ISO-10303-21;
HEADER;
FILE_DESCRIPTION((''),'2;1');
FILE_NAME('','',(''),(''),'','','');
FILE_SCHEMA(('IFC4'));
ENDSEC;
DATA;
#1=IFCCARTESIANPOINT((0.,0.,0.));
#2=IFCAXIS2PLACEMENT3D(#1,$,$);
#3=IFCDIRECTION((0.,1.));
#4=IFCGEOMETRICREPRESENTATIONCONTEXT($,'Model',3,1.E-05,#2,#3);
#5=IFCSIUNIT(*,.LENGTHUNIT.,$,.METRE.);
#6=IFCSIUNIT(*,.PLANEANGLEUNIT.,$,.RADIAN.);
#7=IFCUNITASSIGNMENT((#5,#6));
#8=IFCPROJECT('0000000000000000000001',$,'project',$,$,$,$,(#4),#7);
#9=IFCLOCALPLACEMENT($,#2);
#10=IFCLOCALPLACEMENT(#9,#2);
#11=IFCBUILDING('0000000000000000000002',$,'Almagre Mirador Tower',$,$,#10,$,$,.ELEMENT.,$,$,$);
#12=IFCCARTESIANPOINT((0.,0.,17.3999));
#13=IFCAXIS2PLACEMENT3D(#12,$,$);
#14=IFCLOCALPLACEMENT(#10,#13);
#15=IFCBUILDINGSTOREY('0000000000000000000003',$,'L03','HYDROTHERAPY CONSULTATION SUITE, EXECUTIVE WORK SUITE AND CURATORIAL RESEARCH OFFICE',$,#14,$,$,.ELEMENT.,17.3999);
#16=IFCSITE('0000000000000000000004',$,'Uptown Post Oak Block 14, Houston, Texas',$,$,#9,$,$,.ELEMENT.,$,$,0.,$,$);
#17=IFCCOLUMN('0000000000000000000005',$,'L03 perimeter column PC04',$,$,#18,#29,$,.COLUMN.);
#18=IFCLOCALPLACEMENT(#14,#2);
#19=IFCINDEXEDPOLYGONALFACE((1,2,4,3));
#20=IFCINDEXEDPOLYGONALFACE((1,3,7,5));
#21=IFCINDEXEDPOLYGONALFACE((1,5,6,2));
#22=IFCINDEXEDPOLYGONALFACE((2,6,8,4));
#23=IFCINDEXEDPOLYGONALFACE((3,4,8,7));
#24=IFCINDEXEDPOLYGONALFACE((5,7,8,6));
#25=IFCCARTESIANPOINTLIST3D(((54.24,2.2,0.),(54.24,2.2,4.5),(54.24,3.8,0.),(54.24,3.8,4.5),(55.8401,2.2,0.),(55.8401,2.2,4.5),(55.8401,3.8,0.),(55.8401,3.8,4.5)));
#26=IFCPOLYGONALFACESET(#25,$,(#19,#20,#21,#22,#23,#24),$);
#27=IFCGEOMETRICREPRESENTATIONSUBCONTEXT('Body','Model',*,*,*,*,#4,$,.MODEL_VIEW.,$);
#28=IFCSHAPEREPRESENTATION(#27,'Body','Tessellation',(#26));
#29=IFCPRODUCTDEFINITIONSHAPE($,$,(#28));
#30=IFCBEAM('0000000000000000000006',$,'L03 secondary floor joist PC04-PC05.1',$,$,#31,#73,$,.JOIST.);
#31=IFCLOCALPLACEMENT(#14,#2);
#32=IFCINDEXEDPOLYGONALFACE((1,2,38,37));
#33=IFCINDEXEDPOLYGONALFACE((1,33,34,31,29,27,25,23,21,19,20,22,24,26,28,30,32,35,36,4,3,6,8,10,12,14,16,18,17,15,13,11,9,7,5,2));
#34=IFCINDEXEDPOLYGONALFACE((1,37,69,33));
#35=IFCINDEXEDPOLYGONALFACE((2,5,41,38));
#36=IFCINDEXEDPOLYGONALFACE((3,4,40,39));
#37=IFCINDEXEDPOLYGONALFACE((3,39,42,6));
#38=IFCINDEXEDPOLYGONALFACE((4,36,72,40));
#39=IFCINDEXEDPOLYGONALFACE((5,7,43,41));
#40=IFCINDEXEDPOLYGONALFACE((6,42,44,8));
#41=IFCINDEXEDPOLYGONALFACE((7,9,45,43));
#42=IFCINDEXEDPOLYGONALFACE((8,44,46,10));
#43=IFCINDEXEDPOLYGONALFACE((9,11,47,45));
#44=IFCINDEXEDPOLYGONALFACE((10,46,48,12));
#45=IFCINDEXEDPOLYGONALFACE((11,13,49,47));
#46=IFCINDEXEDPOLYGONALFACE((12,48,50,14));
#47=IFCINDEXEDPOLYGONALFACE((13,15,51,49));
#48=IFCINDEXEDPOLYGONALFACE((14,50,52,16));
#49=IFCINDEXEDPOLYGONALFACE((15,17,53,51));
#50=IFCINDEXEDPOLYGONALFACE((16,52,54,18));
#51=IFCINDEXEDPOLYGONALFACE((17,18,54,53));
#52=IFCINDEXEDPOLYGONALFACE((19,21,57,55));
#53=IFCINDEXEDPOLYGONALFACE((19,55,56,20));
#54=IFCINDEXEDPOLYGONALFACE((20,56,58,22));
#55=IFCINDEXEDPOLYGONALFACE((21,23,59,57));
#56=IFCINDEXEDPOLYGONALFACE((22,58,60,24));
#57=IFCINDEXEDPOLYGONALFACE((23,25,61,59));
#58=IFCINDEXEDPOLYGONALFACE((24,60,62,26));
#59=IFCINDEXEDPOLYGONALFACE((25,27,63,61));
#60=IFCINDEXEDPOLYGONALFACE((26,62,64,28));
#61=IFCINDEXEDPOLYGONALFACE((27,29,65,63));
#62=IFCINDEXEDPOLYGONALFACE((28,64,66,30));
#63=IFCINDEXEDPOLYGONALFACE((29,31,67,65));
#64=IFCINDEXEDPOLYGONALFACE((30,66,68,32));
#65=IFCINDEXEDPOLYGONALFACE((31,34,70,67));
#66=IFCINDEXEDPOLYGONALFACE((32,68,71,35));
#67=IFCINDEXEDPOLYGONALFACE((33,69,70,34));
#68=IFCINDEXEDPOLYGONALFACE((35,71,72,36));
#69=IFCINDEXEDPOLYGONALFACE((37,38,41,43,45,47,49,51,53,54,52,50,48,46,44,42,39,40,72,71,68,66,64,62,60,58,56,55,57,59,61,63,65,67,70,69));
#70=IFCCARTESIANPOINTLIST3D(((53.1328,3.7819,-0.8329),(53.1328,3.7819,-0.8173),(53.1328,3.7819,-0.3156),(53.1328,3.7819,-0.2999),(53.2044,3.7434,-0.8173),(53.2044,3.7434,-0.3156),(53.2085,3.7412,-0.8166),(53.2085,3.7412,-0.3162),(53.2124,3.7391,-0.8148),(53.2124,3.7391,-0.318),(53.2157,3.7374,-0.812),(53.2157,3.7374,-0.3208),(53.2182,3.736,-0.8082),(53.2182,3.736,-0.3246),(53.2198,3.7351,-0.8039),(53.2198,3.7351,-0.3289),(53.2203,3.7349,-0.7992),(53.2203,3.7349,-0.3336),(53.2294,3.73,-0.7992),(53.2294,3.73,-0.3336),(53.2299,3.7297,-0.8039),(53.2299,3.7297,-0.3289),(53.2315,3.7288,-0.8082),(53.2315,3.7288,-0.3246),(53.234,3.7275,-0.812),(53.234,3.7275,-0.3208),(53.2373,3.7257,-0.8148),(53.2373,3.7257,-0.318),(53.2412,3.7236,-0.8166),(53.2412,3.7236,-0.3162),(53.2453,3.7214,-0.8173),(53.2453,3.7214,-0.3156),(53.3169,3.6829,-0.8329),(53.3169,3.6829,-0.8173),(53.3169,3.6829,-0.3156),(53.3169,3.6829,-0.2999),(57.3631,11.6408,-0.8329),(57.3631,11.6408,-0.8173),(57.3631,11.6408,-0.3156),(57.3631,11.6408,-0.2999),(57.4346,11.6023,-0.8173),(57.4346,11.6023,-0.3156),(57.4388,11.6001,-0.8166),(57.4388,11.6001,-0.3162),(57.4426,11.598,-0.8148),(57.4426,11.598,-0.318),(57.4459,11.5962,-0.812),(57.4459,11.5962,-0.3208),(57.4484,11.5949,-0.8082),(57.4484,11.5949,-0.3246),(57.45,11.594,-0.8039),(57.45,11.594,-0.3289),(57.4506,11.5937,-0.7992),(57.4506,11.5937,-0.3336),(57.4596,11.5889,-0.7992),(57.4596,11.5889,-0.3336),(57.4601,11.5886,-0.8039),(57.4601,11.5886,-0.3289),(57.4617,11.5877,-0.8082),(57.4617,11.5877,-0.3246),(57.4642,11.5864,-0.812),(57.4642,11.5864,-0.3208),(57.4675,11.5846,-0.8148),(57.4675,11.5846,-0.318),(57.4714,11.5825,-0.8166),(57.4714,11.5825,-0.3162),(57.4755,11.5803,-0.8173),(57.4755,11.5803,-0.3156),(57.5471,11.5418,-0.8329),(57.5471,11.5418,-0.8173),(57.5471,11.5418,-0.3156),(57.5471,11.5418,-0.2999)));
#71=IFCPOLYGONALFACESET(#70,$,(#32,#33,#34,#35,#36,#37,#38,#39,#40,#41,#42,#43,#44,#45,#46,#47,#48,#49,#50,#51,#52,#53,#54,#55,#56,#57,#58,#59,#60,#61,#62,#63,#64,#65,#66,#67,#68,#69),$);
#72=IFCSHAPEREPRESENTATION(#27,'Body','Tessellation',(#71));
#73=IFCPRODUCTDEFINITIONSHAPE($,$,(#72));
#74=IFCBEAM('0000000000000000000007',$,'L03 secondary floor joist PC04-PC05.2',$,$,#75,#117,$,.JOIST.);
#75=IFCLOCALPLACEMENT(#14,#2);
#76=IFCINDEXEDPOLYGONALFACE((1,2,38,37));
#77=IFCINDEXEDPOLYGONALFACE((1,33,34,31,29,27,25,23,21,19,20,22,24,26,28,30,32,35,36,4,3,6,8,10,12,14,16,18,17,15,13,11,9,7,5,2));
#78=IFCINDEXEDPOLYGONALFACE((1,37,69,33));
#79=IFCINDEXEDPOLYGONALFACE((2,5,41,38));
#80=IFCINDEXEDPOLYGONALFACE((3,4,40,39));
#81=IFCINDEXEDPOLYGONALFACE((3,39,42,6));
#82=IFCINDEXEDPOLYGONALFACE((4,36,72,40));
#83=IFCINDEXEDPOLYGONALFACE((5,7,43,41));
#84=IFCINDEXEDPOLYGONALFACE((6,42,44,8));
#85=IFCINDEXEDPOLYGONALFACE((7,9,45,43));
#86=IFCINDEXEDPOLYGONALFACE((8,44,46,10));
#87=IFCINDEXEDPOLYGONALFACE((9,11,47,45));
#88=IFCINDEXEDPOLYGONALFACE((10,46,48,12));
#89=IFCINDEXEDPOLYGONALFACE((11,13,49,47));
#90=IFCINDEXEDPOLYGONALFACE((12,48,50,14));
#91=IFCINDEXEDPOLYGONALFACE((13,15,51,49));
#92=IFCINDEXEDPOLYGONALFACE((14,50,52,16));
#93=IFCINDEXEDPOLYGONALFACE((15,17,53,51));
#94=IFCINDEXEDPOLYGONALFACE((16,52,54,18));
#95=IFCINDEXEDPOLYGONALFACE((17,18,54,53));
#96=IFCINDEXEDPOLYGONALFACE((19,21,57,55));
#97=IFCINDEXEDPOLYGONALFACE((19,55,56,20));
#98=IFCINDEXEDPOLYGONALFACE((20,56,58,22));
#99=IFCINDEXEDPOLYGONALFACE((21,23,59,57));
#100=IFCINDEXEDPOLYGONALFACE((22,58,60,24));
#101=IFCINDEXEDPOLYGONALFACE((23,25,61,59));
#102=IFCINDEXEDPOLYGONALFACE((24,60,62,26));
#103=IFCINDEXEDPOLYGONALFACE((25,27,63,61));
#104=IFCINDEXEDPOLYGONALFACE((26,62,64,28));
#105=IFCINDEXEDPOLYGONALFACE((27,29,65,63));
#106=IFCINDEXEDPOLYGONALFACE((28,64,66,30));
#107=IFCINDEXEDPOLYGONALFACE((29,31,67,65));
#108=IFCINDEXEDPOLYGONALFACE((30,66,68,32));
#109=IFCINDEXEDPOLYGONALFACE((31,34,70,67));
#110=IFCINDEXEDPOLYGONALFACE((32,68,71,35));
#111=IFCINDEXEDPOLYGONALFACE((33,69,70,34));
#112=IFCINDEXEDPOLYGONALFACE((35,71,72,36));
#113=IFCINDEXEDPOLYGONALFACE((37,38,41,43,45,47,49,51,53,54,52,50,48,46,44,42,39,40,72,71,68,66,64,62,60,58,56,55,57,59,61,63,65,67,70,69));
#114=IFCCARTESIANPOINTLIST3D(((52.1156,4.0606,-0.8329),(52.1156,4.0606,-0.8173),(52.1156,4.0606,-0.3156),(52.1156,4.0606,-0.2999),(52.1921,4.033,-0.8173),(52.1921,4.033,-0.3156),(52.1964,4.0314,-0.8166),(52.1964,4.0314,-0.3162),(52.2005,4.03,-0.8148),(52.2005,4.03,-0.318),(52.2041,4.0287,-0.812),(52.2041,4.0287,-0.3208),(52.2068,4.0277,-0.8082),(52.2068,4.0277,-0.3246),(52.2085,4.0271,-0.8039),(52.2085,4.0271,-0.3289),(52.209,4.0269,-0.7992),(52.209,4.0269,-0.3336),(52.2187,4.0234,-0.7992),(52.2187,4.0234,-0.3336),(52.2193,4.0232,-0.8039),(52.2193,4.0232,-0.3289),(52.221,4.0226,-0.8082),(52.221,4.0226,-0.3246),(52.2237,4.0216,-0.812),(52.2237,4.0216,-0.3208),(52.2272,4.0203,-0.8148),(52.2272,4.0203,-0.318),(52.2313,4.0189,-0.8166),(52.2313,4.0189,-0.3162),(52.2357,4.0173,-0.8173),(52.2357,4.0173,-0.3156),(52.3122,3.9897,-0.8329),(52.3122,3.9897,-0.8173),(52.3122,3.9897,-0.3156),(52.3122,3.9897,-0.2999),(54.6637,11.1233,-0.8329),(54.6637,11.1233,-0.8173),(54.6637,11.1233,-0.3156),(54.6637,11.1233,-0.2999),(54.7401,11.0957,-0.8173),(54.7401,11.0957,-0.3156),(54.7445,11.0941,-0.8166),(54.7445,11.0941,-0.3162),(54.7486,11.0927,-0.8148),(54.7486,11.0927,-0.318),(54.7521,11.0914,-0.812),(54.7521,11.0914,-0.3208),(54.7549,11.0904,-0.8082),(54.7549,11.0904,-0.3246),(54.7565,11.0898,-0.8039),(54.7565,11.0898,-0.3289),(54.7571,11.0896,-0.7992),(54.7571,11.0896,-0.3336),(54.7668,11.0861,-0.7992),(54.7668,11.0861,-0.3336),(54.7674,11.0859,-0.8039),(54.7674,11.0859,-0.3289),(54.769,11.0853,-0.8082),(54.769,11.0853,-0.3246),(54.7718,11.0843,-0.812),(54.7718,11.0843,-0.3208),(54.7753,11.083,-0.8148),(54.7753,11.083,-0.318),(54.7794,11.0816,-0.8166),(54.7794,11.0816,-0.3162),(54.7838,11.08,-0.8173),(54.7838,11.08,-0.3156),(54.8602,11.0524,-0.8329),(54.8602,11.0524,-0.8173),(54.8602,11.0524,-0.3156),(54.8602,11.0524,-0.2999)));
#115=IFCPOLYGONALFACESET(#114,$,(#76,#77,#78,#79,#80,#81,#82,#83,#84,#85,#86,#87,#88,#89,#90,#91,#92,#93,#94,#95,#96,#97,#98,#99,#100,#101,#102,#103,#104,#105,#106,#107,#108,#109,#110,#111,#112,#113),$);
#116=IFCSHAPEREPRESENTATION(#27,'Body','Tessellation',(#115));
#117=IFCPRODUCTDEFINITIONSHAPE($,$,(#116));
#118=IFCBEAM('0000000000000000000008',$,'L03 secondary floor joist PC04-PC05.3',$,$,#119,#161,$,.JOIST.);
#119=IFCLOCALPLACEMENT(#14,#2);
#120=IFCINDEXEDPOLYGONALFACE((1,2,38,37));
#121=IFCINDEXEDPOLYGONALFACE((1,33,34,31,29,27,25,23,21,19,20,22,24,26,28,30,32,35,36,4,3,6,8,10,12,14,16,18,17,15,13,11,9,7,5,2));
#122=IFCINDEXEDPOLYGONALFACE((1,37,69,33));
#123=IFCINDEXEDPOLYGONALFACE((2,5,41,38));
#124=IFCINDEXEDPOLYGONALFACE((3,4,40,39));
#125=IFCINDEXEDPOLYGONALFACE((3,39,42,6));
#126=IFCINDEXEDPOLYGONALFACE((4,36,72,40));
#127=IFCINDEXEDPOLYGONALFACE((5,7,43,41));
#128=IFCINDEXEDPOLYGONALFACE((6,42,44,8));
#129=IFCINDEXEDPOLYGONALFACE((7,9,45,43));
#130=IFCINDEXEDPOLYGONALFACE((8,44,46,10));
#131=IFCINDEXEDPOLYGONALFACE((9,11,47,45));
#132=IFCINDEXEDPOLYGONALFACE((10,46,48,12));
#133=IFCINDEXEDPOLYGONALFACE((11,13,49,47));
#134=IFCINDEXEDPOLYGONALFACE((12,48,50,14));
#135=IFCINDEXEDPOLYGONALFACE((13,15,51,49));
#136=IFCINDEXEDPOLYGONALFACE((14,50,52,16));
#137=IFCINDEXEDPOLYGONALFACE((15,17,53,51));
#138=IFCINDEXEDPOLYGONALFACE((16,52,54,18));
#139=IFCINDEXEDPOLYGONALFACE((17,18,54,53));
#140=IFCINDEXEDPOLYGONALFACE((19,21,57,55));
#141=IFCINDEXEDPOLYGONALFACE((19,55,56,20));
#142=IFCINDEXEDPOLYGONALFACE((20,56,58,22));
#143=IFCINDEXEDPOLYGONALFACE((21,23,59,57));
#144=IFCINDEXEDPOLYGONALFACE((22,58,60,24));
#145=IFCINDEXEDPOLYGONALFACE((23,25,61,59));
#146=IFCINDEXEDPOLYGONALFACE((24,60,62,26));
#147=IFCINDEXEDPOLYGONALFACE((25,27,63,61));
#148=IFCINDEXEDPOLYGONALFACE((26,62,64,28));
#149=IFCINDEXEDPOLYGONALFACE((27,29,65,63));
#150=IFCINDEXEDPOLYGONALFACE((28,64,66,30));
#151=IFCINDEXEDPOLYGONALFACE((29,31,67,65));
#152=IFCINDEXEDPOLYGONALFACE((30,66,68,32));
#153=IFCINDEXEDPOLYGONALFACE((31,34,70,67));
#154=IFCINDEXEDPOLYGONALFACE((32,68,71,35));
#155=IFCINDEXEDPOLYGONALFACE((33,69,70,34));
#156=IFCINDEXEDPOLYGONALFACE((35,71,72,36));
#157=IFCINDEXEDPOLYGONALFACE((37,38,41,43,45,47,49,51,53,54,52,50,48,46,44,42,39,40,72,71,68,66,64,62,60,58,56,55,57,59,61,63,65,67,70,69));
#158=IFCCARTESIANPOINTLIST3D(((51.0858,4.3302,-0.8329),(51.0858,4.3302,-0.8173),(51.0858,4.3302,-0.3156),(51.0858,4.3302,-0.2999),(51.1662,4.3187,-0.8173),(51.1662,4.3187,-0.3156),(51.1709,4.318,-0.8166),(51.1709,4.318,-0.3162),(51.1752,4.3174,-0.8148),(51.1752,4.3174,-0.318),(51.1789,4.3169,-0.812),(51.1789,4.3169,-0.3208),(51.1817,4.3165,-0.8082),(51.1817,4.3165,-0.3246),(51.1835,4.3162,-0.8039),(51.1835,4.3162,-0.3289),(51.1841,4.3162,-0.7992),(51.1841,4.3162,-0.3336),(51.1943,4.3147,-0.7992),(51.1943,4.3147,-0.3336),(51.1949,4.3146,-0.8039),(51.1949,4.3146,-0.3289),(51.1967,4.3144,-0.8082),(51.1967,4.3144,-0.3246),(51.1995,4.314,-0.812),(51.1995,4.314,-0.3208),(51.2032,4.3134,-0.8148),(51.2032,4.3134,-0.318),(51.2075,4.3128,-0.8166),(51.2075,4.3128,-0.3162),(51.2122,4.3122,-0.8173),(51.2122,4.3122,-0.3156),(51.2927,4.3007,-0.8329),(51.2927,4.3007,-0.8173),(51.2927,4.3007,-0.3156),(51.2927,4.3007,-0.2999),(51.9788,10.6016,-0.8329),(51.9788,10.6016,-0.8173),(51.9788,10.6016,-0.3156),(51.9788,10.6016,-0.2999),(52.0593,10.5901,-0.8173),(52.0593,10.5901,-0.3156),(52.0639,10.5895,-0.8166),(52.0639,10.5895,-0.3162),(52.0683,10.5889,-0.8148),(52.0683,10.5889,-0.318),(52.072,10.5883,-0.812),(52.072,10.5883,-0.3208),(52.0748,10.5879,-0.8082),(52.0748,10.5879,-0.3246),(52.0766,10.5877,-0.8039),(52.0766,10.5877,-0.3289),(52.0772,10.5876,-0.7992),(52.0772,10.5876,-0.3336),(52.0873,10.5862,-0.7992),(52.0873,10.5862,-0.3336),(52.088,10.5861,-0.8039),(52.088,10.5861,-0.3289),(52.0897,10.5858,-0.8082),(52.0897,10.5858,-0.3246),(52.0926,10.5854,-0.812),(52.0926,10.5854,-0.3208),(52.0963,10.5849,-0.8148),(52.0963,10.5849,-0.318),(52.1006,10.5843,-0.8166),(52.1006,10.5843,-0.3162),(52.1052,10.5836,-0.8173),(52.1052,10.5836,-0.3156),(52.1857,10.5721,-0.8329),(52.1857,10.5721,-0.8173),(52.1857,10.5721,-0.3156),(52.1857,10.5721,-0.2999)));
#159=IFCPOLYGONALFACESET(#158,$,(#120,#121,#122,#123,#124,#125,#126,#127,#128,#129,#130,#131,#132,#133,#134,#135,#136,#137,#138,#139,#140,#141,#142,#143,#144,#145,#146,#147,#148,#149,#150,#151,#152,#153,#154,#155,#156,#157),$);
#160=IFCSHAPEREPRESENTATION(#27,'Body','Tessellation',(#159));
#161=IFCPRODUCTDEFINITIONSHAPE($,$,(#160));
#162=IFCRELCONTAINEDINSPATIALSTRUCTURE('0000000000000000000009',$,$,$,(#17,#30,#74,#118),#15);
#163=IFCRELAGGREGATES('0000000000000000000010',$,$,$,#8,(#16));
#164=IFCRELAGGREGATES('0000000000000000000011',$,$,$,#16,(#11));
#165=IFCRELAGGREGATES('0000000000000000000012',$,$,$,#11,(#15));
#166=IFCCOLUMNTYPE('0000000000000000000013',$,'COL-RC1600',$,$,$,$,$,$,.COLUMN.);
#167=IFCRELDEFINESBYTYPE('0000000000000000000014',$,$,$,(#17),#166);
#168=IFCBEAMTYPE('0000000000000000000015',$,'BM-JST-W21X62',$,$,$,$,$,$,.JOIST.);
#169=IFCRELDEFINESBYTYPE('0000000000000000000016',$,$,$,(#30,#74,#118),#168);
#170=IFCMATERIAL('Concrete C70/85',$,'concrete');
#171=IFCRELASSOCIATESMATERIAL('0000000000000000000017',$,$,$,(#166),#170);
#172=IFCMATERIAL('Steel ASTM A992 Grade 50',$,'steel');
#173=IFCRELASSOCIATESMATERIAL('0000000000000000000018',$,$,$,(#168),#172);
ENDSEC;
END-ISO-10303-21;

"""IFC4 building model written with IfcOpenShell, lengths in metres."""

from ifc_helpers import new_model, si_unit, direction, frame, origin, origin_2d, place, context, subcontext, project, spatial, rectangle, i_section, extrude, material, material_profile, profile_set, type_object, element, save


model = new_model("IFC4")

# Units and contexts
model_context = context("Model", 3, precision=1e-05, world=origin(), true_north=direction((0.0, 1.0)))
body_context = subcontext(model_context, "Body", "Model", "MODEL_VIEW")
ifc_project = project(units=[si_unit("LENGTHUNIT", "METRE"), si_unit("PLANEANGLEUNIT", "RADIAN")], contexts=[model_context])

# Site, building, storey
site_placement = place(None, origin())
site = spatial("IfcSite", under=ifc_project, at=site_placement, Name="Uptown Post Oak Block 14, Houston, Texas", CompositionType="ELEMENT", RefElevation=0.0)
building_placement = place(site_placement, origin())
building = spatial("IfcBuilding", under=site, at=building_placement, Name="Almagre Mirador Tower", CompositionType="ELEMENT")
storey_placement = place(building_placement, frame((0.0, 0.0, 17.3999)))
storey = spatial("IfcBuildingStorey", under=building, at=storey_placement, Name="L03", Description="HYDROTHERAPY CONSULTATION SUITE, EXECUTIVE WORK SUITE AND CURATORIAL RESEARCH OFFICE", CompositionType="ELEMENT", Elevation=17.3999)

# Column
ifc_material_1 = material(Name="Concrete C70/85", Category="concrete")
ifc_material_profile_1 = material_profile(ifc_material_1, rectangle(XDim=1.6001, YDim=1.6001, at=origin_2d()), Name="RC1600X1600")
ifc_profile_set_1 = profile_set([ifc_material_profile_1], Name="Concrete C70/85")
column_type = type_object("IfcColumnType", Name="COL-RC1600", PredefinedType="COLUMN", material=ifc_profile_set_1)
column_placement = place(storey_placement, frame((55.04, 3.0, 0.0), z_axis=(0.0, 0.0, 1.0), x_axis=(1.0, 0.0, 0.0)))
element("IfcColumn", 1, at=column_placement, inside=storey, type_object=column_type, Name="L03 perimeter column PC04", PredefinedType="COLUMN", context=body_context, shape_type="SweptSolid", body=[
    extrude(rectangle(XDim=1.6001, YDim=1.6001, at=origin_2d()), origin(), (0.0, 0.0, 1.0), 4.5),
])

# Beams
ifc_material_2 = material(Name="Steel ASTM A992 Grade 50", Category="steel")
ifc_material_profile_2 = material_profile(ifc_material_2, i_section(OverallWidth=0.209, OverallDepth=0.533, WebThickness=0.0103, FlangeThickness=0.0156, FilletRadius=0.0181, at=origin_2d()), Name="W21X62")
ifc_profile_set_2 = profile_set([ifc_material_profile_2], Name="Steel ASTM A992 Grade 50")
beam_type_1 = type_object("IfcBeamType", Name="BM-JST-W21X62", PredefinedType="JOIST", material=ifc_profile_set_2)
beam_1_placement = place(storey_placement, frame((53.2249, 3.7324, -0.5664), z_axis=(0.473971, 0.88054, 0.0), x_axis=(-0.88054, 0.473971, 0.0)))
element("IfcBeam", 2, at=beam_1_placement, inside=storey, type_object=beam_type_1, Name="L03 secondary floor joist PC04-PC05.1", PredefinedType="JOIST", context=body_context, shape_type="SweptSolid", body=[
    extrude(i_section(OverallWidth=0.209, OverallDepth=0.533, WebThickness=0.0103, FlangeThickness=0.0156, FilletRadius=0.0181, at=origin_2d()), origin(), (0.0, 0.0, 1.0), 8.925),
])
beam_2_placement = place(storey_placement, frame((52.2139, 4.0251, -0.5664), z_axis=(0.339369, 0.940653, 0.0), x_axis=(-0.940653, 0.339369, 0.0)))
element("IfcBeam", 3, at=beam_2_placement, inside=storey, type_object=beam_type_1, Name="L03 secondary floor joist PC04-PC05.2", PredefinedType="JOIST", context=body_context, shape_type="SweptSolid", body=[
    extrude(i_section(OverallWidth=0.209, OverallDepth=0.533, WebThickness=0.0103, FlangeThickness=0.0156, FilletRadius=0.0181, at=origin_2d()), origin(), (0.0, 0.0, 1.0), 7.5083),
])
beam_3_placement = place(storey_placement, frame((51.1892, 4.3154, -0.5664), z_axis=(0.140979, 0.990013, 0.0), x_axis=(-0.990013, 0.140979, 0.0)))
element("IfcBeam", 4, at=beam_3_placement, inside=storey, type_object=beam_type_1, Name="L03 secondary floor joist PC04-PC05.3", PredefinedType="JOIST", context=body_context, shape_type="SweptSolid", body=[
    extrude(i_section(OverallWidth=0.209, OverallDepth=0.533, WebThickness=0.0103, FlangeThickness=0.0156, FilletRadius=0.0181, at=origin_2d()), origin(), (0.0, 0.0, 1.0), 6.3347),
])

save(model, "model.ifc")
